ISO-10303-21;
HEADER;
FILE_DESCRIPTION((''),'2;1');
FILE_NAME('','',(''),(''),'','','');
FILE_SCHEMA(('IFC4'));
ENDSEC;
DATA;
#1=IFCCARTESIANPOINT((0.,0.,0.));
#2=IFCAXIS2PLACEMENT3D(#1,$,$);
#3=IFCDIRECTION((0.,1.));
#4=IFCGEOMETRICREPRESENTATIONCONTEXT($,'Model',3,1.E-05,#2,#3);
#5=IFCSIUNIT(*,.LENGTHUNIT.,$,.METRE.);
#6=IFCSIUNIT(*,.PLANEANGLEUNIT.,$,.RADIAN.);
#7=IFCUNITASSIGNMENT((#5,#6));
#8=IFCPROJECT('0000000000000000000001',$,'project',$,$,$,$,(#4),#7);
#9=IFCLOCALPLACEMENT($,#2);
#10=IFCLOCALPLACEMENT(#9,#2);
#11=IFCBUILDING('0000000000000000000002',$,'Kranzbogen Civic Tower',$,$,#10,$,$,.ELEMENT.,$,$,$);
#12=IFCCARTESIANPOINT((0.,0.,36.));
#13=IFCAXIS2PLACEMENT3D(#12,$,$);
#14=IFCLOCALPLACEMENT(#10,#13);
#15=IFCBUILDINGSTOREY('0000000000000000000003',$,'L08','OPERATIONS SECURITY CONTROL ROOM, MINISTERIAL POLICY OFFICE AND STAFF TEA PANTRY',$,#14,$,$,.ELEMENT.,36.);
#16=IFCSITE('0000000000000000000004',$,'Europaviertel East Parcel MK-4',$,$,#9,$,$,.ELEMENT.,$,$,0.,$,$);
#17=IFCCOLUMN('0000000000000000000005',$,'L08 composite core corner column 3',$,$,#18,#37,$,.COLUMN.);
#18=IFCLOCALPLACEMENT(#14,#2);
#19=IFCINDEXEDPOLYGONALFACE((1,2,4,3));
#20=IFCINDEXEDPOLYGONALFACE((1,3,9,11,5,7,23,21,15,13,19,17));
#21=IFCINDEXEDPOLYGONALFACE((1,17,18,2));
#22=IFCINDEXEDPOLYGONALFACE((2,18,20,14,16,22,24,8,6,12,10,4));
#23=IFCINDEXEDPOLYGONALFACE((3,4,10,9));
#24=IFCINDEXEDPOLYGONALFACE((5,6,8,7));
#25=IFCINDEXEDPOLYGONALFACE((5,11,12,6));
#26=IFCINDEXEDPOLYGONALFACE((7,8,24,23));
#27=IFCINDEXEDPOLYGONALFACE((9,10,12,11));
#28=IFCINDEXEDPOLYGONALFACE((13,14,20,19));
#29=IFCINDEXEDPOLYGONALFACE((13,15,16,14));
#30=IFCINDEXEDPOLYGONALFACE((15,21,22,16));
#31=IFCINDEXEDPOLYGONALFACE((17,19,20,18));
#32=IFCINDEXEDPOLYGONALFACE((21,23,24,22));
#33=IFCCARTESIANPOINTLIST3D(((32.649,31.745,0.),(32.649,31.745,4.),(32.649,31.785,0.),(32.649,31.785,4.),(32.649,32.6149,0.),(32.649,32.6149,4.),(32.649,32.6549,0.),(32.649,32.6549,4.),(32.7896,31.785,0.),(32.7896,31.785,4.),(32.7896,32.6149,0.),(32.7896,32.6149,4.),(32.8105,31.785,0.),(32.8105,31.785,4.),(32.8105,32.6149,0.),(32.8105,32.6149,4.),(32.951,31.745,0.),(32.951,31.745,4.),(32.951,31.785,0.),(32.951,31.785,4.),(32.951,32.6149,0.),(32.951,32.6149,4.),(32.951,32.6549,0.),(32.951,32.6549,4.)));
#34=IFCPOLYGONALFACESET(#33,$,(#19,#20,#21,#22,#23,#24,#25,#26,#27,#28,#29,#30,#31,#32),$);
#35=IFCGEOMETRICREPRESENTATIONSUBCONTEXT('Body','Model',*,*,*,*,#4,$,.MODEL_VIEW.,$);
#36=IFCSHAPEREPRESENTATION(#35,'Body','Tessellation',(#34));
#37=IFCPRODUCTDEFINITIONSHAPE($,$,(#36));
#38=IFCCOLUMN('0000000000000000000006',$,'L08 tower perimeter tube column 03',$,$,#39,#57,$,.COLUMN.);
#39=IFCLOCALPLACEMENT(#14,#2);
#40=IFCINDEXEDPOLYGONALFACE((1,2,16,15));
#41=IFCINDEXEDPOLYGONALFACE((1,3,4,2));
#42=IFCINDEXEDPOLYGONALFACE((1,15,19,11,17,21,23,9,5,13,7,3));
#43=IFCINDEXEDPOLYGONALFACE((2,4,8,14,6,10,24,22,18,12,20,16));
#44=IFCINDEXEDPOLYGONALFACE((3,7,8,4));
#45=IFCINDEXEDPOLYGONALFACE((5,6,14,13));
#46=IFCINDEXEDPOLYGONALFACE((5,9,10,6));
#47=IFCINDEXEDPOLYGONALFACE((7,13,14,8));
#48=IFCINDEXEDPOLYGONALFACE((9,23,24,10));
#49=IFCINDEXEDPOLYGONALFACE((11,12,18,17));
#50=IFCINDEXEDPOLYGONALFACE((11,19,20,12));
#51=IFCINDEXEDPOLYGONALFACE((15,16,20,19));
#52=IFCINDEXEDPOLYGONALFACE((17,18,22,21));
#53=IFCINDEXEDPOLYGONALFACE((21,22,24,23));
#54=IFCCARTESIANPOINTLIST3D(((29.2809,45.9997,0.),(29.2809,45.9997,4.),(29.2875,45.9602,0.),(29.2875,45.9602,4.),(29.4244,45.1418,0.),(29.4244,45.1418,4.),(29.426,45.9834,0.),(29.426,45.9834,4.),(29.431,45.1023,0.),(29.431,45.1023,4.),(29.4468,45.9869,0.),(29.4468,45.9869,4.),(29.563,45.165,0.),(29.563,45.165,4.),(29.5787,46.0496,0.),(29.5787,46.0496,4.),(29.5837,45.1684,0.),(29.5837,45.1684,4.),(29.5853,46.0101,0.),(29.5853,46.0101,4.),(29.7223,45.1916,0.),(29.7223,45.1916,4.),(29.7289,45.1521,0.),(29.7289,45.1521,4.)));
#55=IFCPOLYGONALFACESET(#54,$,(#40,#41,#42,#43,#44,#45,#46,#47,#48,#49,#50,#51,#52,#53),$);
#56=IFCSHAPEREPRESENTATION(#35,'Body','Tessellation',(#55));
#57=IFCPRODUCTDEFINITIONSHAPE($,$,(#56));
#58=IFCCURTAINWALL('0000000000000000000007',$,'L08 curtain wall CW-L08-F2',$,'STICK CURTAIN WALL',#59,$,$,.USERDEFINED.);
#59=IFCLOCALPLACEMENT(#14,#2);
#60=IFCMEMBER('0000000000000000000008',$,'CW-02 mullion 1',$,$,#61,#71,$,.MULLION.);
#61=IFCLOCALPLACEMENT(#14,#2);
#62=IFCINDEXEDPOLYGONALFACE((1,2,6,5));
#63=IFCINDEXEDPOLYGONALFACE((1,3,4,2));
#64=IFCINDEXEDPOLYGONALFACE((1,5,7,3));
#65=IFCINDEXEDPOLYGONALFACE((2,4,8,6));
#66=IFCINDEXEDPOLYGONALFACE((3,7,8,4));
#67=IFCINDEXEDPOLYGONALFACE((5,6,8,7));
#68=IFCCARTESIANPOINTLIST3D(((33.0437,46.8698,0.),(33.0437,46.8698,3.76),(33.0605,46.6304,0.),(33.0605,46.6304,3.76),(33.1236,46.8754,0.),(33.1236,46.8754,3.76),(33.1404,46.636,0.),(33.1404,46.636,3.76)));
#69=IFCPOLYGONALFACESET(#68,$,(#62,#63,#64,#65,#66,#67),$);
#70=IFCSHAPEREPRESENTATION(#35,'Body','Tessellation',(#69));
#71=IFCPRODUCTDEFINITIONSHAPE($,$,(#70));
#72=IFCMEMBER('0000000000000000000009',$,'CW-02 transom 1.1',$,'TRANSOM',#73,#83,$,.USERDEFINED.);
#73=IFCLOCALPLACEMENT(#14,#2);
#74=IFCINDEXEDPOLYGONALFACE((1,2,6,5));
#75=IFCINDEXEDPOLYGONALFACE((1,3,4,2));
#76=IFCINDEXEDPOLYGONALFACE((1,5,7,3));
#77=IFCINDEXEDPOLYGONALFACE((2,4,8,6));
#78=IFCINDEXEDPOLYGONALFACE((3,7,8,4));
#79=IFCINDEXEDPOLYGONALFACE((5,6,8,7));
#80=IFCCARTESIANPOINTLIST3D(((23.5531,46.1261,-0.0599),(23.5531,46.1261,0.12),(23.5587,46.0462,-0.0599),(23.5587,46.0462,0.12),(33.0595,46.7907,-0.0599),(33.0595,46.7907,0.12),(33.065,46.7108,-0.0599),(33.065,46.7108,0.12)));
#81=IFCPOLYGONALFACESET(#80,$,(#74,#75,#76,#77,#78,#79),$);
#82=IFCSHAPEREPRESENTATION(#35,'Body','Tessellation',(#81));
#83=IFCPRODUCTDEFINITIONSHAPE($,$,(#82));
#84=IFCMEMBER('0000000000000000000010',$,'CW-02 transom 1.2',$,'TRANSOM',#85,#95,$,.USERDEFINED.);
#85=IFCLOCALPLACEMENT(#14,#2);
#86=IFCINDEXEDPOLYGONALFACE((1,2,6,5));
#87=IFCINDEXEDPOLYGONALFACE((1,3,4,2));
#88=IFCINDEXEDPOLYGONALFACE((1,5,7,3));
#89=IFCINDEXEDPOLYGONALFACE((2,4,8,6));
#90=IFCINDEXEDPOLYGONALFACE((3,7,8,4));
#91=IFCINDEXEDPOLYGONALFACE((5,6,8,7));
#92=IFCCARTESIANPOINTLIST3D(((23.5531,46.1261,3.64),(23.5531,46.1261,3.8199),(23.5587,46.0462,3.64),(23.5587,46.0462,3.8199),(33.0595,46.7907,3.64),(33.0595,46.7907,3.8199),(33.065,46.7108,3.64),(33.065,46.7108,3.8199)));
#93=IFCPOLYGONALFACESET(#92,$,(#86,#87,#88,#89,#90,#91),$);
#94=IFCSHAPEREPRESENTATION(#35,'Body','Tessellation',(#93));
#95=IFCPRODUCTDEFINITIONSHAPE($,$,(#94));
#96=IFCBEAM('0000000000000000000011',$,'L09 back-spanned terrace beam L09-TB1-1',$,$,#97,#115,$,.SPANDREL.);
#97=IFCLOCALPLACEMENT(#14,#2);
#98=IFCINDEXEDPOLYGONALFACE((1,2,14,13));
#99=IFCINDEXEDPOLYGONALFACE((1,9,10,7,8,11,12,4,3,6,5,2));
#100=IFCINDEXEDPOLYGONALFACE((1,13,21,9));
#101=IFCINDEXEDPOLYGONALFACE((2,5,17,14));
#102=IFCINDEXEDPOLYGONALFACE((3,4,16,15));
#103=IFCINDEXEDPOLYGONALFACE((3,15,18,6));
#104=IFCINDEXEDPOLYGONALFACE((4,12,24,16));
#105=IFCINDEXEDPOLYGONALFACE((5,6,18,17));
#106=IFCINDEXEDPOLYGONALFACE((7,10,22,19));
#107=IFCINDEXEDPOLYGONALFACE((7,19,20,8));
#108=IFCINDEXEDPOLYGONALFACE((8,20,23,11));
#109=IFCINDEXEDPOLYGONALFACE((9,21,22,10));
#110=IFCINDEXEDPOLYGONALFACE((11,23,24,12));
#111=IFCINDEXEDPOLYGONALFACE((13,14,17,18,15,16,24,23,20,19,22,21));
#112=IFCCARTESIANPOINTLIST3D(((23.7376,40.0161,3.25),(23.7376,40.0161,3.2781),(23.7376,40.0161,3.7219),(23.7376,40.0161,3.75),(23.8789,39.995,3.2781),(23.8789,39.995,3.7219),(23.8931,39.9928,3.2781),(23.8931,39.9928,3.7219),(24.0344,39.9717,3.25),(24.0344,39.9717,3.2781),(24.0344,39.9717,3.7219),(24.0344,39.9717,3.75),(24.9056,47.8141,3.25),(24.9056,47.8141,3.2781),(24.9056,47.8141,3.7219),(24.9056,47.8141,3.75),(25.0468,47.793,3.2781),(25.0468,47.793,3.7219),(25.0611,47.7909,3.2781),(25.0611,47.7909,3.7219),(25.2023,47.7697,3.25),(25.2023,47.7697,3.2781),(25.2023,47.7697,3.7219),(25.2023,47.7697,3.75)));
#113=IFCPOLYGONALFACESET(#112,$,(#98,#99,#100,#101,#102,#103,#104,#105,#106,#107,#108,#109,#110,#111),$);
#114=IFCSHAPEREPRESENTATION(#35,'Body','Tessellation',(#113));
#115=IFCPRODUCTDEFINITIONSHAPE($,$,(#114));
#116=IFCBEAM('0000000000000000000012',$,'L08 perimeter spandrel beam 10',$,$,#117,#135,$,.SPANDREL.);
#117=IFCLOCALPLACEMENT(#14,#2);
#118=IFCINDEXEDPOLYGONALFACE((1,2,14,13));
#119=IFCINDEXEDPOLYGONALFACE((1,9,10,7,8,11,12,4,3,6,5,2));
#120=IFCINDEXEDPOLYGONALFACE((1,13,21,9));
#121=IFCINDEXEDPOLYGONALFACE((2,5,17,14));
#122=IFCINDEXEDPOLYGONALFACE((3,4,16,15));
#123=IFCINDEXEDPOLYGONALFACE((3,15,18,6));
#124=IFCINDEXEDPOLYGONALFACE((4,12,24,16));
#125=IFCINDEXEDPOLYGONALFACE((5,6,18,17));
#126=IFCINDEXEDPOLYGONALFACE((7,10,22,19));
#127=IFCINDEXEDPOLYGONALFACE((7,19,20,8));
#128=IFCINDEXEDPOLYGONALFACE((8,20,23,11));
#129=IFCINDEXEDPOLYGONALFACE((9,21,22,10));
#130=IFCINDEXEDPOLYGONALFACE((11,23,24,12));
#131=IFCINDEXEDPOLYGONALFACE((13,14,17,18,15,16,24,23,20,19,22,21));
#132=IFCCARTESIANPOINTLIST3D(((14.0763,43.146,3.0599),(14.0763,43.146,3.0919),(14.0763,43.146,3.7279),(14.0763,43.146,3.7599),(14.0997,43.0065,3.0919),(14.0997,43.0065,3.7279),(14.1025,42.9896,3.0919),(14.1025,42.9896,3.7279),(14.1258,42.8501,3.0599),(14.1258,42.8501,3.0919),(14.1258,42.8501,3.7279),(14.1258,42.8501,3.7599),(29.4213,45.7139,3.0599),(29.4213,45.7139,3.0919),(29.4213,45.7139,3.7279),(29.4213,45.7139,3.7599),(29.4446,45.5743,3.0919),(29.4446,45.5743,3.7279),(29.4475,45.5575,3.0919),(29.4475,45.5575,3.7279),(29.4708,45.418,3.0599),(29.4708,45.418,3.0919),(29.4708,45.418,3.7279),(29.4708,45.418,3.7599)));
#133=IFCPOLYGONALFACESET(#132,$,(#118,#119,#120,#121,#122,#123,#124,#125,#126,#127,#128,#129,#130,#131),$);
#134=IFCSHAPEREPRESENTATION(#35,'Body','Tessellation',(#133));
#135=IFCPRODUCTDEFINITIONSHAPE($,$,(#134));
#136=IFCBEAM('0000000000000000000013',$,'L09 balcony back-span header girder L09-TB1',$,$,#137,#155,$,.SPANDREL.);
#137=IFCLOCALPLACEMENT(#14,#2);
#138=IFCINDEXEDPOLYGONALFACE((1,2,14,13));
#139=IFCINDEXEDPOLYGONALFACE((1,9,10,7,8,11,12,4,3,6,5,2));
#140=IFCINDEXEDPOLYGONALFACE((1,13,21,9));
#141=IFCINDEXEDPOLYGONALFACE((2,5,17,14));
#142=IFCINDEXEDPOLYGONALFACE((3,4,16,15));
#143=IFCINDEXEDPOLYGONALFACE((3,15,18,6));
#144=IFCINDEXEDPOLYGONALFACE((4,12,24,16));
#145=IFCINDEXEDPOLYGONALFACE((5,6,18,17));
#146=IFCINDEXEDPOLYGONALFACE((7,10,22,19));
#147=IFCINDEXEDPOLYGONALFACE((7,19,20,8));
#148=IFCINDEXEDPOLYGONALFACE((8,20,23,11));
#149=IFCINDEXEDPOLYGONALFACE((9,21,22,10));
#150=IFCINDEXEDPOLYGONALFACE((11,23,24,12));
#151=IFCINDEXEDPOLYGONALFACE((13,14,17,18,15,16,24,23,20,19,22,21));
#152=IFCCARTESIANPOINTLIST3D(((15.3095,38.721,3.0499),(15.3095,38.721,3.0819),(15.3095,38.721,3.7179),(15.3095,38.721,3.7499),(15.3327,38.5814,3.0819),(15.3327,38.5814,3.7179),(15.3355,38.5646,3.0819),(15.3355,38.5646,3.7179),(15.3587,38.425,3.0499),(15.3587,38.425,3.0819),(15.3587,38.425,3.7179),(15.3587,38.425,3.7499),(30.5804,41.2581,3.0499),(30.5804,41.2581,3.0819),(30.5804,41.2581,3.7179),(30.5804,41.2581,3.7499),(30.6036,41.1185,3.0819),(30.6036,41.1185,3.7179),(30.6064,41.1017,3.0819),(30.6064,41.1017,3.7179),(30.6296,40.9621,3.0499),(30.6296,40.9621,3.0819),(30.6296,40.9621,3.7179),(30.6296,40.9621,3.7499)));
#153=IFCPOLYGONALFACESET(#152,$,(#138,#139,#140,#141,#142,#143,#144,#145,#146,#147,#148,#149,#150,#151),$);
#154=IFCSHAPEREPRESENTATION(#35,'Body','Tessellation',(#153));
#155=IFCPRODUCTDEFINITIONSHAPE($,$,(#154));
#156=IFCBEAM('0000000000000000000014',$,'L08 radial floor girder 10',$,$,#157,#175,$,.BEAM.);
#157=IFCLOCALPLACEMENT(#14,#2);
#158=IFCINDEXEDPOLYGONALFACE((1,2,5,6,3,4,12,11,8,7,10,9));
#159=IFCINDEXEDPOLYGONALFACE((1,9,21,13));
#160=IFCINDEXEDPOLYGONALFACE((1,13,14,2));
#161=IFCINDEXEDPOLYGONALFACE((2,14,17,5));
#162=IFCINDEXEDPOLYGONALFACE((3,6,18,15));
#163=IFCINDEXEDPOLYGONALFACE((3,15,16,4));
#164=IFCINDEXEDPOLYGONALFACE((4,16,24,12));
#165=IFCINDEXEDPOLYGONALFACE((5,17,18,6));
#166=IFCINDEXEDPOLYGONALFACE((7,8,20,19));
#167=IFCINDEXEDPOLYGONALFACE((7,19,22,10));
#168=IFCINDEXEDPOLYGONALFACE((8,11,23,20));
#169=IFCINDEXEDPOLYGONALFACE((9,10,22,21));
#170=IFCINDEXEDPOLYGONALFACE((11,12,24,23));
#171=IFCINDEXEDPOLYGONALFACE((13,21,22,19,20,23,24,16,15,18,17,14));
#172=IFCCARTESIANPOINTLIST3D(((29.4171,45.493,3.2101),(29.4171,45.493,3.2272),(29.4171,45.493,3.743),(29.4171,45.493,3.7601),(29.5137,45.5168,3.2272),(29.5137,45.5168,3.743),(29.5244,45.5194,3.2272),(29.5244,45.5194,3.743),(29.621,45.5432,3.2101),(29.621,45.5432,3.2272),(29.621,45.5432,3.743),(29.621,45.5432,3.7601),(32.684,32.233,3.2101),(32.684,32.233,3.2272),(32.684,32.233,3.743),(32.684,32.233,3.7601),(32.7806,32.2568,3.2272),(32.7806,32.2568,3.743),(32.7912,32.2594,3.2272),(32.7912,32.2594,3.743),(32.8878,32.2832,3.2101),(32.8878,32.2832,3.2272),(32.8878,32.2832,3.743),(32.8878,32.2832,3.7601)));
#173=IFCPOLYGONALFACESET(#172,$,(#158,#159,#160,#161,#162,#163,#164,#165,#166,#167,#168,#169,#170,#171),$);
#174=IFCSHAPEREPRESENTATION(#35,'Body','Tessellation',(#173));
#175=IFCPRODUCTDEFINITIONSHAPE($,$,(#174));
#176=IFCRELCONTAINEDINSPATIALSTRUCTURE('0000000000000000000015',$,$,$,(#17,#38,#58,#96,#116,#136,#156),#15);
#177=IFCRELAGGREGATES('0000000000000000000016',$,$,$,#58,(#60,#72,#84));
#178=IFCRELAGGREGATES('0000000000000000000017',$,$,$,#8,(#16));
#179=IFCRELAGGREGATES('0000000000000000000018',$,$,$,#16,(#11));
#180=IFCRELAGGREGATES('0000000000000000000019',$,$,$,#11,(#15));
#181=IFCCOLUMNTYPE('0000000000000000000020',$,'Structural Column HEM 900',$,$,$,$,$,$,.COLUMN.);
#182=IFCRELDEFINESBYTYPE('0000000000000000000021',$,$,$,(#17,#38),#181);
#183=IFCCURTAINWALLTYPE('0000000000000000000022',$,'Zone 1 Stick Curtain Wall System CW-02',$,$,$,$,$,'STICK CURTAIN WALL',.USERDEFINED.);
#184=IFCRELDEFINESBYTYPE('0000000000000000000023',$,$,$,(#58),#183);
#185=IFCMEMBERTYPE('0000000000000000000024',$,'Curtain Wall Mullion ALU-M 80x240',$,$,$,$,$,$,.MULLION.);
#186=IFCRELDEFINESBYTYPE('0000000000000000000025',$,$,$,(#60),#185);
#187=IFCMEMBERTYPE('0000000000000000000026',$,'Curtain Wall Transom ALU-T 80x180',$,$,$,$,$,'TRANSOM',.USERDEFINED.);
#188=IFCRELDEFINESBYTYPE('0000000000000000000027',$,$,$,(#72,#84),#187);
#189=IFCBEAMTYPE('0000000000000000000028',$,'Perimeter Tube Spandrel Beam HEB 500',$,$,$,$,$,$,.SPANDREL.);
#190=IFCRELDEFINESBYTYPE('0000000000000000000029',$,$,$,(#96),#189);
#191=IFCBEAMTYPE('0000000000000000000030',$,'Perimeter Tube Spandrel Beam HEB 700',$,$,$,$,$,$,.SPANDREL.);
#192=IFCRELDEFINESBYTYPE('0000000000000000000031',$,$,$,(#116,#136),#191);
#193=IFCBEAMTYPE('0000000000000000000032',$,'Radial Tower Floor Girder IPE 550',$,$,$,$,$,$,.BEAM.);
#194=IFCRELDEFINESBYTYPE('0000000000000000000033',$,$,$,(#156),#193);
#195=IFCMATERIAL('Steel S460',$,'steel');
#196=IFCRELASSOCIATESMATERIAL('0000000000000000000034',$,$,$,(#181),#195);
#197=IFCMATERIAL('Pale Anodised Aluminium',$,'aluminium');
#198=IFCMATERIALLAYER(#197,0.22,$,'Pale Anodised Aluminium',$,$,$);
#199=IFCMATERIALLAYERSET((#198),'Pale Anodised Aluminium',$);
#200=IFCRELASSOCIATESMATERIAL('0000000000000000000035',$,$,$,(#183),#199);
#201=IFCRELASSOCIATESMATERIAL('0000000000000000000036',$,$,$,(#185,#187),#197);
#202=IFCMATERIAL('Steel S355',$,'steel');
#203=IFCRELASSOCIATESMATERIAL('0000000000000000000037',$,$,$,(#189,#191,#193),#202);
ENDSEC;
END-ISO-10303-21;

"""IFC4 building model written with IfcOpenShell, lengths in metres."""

from ifc_helpers import new_model, si_unit, direction, frame, origin, origin_2d, place, context, subcontext, project, spatial, rectangle, i_section, extrude, material, layer, layer_set, material_profile, profile_set, type_object, element, aggregate, save


model = new_model("IFC4")

# Units and contexts
model_context = context("Model", 3, precision=1e-05, world=origin(), true_north=direction((0.0, 1.0)))
body_context = subcontext(model_context, "Body", "Model", "MODEL_VIEW")
ifc_project = project(units=[si_unit("LENGTHUNIT", "METRE"), si_unit("PLANEANGLEUNIT", "RADIAN")], contexts=[model_context])

# Site, building, storey
site_placement = place(None, origin())
site = spatial("IfcSite", under=ifc_project, at=site_placement, Name="Europaviertel East Parcel MK-4", CompositionType="ELEMENT", RefElevation=0.0)
building_placement = place(site_placement, origin())
building = spatial("IfcBuilding", under=site, at=building_placement, Name="Kranzbogen Civic Tower", CompositionType="ELEMENT")
storey_placement = place(building_placement, frame((0.0, 0.0, 36.0)))
storey = spatial("IfcBuildingStorey", under=building, at=storey_placement, Name="L08", Description="OPERATIONS SECURITY CONTROL ROOM, MINISTERIAL POLICY OFFICE AND STAFF TEA PANTRY", CompositionType="ELEMENT", Elevation=36.0)

# Columns
ifc_material_1 = material(Name="Steel S460", Category="steel")
ifc_material_profile_1 = material_profile(ifc_material_1, i_section(OverallWidth=0.302, OverallDepth=0.9099, WebThickness=0.021, FlangeThickness=0.04, at=origin_2d()), Name="HEM 900")
ifc_profile_set_1 = profile_set([ifc_material_profile_1], Name="Steel S460")
column_type = type_object("IfcColumnType", Name="Structural Column HEM 900", PredefinedType="COLUMN", material=ifc_profile_set_1)
for number, where, z_axis, x_axis, name in (
    (1, (32.8, 32.2, 0.0), (0.0, 0.0, 1.0), (1.0, 0.0, 0.0), "L08 composite core corner column 3"),
    (2, (29.5049, 45.5759, 0.0), (0.0, 0.0, 1.0), (0.986286, 0.165048, 0.0), "L08 tower perimeter tube column 03"),
):
    element("IfcColumn", number, at=place(storey_placement, frame(where, z_axis=z_axis, x_axis=x_axis)), inside=storey, type_object=column_type, Name=name, PredefinedType="COLUMN", context=body_context, shape_type="SweptSolid", body=[
        extrude(i_section(OverallWidth=0.302, OverallDepth=0.9099, WebThickness=0.021, FlangeThickness=0.04, at=origin_2d()), origin(), (0.0, 0.0, 1.0), 4.0),
    ])

# Curtain wall, members
ifc_material_2 = material(Name="Pale Anodised Aluminium", Category="aluminium")
ifc_layer_1 = layer(ifc_material_2, 0.22, Name="Pale Anodised Aluminium")
ifc_layer_set_1 = layer_set([ifc_layer_1], Name="Pale Anodised Aluminium")
curtain_wall_type = type_object("IfcCurtainWallType", Name="Zone 1 Stick Curtain Wall System CW-02", ElementType="STICK CURTAIN WALL", PredefinedType="USERDEFINED", material=ifc_layer_set_1)
curtain_wall_placement = place(storey_placement, origin())
curtain_wall = element("IfcCurtainWall", 3, at=curtain_wall_placement, inside=storey, type_object=curtain_wall_type, Name="L08 curtain wall CW-L08-F2", ObjectType="STICK CURTAIN WALL", PredefinedType="USERDEFINED")
ifc_material_profile_2 = material_profile(ifc_material_2, rectangle(XDim=0.0801, YDim=0.24, at=origin_2d()), Name="ALU-M 80x240")
ifc_profile_set_2 = profile_set([ifc_material_profile_2], Name="Pale Anodised Aluminium")
member_type_1 = type_object("IfcMemberType", Name="Curtain Wall Mullion ALU-M 80x240", PredefinedType="MULLION", material=ifc_profile_set_2)
member_1_placement = place(storey_placement, frame((33.092, 46.7529, 0.0), z_axis=(0.0, 0.0, 1.0), x_axis=(-0.997564, -0.069755, 0.0)))
member_1 = element("IfcMember", 4, at=member_1_placement, type_object=member_type_1, Name="CW-02 mullion 1", PredefinedType="MULLION", context=body_context, shape_type="SweptSolid", body=[
    extrude(rectangle(XDim=0.0801, YDim=0.24, at=origin_2d()), origin(), (0.0, 0.0, 1.0), 3.76),
])
ifc_material_profile_3 = material_profile(ifc_material_2, rectangle(XDim=0.0801, YDim=0.1799, at=origin_2d()), Name="ALU-T 80x180")
ifc_profile_set_3 = profile_set([ifc_material_profile_3], Name="Pale Anodised Aluminium")
member_type_2 = type_object("IfcMemberType", Name="Curtain Wall Transom ALU-T 80x180", ElementType="TRANSOM", PredefinedType="USERDEFINED", material=ifc_profile_set_3)
member_2_placement = place(storey_placement, frame((33.0623, 46.7507, 0.03), z_axis=(-0.997565, -0.069736, 0.0), x_axis=(0.069736, -0.997565, 0.0)))
member_2 = element("IfcMember", 5, at=member_2_placement, type_object=member_type_2, Name="CW-02 transom 1.1", ObjectType="TRANSOM", PredefinedType="USERDEFINED", context=body_context, shape_type="SweptSolid", body=[
    extrude(rectangle(XDim=0.0801, YDim=0.1799, at=origin_2d()), origin(), (0.0, 0.0, 1.0), 9.5295),
])
member_3_placement = place(storey_placement, frame((33.0623, 46.7507, 3.73), z_axis=(-0.997565, -0.069736, 0.0), x_axis=(0.069736, -0.997565, 0.0)))
member_3 = element("IfcMember", 6, at=member_3_placement, type_object=member_type_2, Name="CW-02 transom 1.2", ObjectType="TRANSOM", PredefinedType="USERDEFINED", context=body_context, shape_type="SweptSolid", body=[
    extrude(rectangle(XDim=0.0801, YDim=0.1799, at=origin_2d()), origin(), (0.0, 0.0, 1.0), 9.5295),
])

# Beams
ifc_material_3 = material(Name="Steel S355", Category="steel")
ifc_material_profile_4 = material_profile(ifc_material_3, i_section(OverallWidth=0.3, OverallDepth=0.5, WebThickness=0.0144, FlangeThickness=0.0281, at=origin_2d()), Name="HEB 500")
ifc_profile_set_4 = profile_set([ifc_material_profile_4], Name="Steel S355")
beam_type_1 = type_object("IfcBeamType", Name="Perimeter Tube Spandrel Beam HEB 500", PredefinedType="SPANDREL", material=ifc_profile_set_4)
beam_1_placement = place(storey_placement, frame((23.886, 39.9939, 3.5), z_axis=(0.148124, 0.988969, 0.0), x_axis=(-0.988969, 0.148124, 0.0)))
element("IfcBeam", 7, at=beam_1_placement, inside=storey, type_object=beam_type_1, Name="L09 back-spanned terrace beam L09-TB1-1", PredefinedType="SPANDREL", context=body_context, shape_type="SweptSolid", body=[
    extrude(i_section(OverallWidth=0.3, OverallDepth=0.5, WebThickness=0.0144, FlangeThickness=0.0281, at=origin_2d()), origin(), (0.0, 0.0, 1.0), 7.885),
])
ifc_material_profile_5 = material_profile(ifc_material_3, i_section(OverallWidth=0.3, OverallDepth=0.7, WebThickness=0.0171, FlangeThickness=0.032, at=origin_2d()), Name="HEB 700")
ifc_profile_set_5 = profile_set([ifc_material_profile_5], Name="Steel S355")
beam_type_2 = type_object("IfcBeamType", Name="Perimeter Tube Spandrel Beam HEB 700", PredefinedType="SPANDREL", material=ifc_profile_set_5)
beam_2_placement = place(storey_placement, frame((29.446, 45.5659, 3.4099), z_axis=(-0.986286, -0.165048, 0.0), x_axis=(0.165048, -0.986286, 0.0)))
element("IfcBeam", 8, at=beam_2_placement, inside=storey, type_object=beam_type_2, Name="L08 perimeter spandrel beam 10", PredefinedType="SPANDREL", context=body_context, shape_type="SweptSolid", body=[
    extrude(i_section(OverallWidth=0.3, OverallDepth=0.7, WebThickness=0.0171, FlangeThickness=0.032, at=origin_2d()), origin(), (0.0, 0.0, 1.0), 15.5583),
])
beam_3_placement = place(storey_placement, frame((30.605, 41.1101, 3.3999), z_axis=(-0.986478, -0.163893, 0.0), x_axis=(0.163893, -0.986478, 0.0)))
element("IfcBeam", 9, at=beam_3_placement, inside=storey, type_object=beam_type_2, Name="L09 balcony back-span header girder L09-TB1", PredefinedType="SPANDREL", context=body_context, shape_type="SweptSolid", body=[
    extrude(i_section(OverallWidth=0.3, OverallDepth=0.7, WebThickness=0.0171, FlangeThickness=0.032, at=origin_2d()), origin(), (0.0, 0.0, 1.0), 15.4802),
])
ifc_material_profile_6 = material_profile(ifc_material_3, i_section(OverallWidth=0.21, OverallDepth=0.55, WebThickness=0.011, FlangeThickness=0.0171, at=origin_2d()), Name="IPE 550")
ifc_profile_set_6 = profile_set([ifc_material_profile_6], Name="Steel S355")
beam_type_3 = type_object("IfcBeamType", Name="Radial Tower Floor Girder IPE 550", PredefinedType="BEAM", material=ifc_profile_set_6)
beam_4_placement = place(storey_placement, frame((29.519, 45.5181, 3.4851), z_axis=(0.239215, -0.970967, 0.0), x_axis=(0.970967, 0.239215, 0.0)))
element("IfcBeam", 10, at=beam_4_placement, inside=storey, type_object=beam_type_3, Name="L08 radial floor girder 10", PredefinedType="BEAM", context=body_context, shape_type="SweptSolid", body=[
    extrude(i_section(OverallWidth=0.21, OverallDepth=0.55, WebThickness=0.011, FlangeThickness=0.0171, at=origin_2d()), origin(), (0.0, 0.0, 1.0), 13.6565),
])

aggregate(curtain_wall, [member_1, member_2, member_3])

save(model, "model.ifc")
